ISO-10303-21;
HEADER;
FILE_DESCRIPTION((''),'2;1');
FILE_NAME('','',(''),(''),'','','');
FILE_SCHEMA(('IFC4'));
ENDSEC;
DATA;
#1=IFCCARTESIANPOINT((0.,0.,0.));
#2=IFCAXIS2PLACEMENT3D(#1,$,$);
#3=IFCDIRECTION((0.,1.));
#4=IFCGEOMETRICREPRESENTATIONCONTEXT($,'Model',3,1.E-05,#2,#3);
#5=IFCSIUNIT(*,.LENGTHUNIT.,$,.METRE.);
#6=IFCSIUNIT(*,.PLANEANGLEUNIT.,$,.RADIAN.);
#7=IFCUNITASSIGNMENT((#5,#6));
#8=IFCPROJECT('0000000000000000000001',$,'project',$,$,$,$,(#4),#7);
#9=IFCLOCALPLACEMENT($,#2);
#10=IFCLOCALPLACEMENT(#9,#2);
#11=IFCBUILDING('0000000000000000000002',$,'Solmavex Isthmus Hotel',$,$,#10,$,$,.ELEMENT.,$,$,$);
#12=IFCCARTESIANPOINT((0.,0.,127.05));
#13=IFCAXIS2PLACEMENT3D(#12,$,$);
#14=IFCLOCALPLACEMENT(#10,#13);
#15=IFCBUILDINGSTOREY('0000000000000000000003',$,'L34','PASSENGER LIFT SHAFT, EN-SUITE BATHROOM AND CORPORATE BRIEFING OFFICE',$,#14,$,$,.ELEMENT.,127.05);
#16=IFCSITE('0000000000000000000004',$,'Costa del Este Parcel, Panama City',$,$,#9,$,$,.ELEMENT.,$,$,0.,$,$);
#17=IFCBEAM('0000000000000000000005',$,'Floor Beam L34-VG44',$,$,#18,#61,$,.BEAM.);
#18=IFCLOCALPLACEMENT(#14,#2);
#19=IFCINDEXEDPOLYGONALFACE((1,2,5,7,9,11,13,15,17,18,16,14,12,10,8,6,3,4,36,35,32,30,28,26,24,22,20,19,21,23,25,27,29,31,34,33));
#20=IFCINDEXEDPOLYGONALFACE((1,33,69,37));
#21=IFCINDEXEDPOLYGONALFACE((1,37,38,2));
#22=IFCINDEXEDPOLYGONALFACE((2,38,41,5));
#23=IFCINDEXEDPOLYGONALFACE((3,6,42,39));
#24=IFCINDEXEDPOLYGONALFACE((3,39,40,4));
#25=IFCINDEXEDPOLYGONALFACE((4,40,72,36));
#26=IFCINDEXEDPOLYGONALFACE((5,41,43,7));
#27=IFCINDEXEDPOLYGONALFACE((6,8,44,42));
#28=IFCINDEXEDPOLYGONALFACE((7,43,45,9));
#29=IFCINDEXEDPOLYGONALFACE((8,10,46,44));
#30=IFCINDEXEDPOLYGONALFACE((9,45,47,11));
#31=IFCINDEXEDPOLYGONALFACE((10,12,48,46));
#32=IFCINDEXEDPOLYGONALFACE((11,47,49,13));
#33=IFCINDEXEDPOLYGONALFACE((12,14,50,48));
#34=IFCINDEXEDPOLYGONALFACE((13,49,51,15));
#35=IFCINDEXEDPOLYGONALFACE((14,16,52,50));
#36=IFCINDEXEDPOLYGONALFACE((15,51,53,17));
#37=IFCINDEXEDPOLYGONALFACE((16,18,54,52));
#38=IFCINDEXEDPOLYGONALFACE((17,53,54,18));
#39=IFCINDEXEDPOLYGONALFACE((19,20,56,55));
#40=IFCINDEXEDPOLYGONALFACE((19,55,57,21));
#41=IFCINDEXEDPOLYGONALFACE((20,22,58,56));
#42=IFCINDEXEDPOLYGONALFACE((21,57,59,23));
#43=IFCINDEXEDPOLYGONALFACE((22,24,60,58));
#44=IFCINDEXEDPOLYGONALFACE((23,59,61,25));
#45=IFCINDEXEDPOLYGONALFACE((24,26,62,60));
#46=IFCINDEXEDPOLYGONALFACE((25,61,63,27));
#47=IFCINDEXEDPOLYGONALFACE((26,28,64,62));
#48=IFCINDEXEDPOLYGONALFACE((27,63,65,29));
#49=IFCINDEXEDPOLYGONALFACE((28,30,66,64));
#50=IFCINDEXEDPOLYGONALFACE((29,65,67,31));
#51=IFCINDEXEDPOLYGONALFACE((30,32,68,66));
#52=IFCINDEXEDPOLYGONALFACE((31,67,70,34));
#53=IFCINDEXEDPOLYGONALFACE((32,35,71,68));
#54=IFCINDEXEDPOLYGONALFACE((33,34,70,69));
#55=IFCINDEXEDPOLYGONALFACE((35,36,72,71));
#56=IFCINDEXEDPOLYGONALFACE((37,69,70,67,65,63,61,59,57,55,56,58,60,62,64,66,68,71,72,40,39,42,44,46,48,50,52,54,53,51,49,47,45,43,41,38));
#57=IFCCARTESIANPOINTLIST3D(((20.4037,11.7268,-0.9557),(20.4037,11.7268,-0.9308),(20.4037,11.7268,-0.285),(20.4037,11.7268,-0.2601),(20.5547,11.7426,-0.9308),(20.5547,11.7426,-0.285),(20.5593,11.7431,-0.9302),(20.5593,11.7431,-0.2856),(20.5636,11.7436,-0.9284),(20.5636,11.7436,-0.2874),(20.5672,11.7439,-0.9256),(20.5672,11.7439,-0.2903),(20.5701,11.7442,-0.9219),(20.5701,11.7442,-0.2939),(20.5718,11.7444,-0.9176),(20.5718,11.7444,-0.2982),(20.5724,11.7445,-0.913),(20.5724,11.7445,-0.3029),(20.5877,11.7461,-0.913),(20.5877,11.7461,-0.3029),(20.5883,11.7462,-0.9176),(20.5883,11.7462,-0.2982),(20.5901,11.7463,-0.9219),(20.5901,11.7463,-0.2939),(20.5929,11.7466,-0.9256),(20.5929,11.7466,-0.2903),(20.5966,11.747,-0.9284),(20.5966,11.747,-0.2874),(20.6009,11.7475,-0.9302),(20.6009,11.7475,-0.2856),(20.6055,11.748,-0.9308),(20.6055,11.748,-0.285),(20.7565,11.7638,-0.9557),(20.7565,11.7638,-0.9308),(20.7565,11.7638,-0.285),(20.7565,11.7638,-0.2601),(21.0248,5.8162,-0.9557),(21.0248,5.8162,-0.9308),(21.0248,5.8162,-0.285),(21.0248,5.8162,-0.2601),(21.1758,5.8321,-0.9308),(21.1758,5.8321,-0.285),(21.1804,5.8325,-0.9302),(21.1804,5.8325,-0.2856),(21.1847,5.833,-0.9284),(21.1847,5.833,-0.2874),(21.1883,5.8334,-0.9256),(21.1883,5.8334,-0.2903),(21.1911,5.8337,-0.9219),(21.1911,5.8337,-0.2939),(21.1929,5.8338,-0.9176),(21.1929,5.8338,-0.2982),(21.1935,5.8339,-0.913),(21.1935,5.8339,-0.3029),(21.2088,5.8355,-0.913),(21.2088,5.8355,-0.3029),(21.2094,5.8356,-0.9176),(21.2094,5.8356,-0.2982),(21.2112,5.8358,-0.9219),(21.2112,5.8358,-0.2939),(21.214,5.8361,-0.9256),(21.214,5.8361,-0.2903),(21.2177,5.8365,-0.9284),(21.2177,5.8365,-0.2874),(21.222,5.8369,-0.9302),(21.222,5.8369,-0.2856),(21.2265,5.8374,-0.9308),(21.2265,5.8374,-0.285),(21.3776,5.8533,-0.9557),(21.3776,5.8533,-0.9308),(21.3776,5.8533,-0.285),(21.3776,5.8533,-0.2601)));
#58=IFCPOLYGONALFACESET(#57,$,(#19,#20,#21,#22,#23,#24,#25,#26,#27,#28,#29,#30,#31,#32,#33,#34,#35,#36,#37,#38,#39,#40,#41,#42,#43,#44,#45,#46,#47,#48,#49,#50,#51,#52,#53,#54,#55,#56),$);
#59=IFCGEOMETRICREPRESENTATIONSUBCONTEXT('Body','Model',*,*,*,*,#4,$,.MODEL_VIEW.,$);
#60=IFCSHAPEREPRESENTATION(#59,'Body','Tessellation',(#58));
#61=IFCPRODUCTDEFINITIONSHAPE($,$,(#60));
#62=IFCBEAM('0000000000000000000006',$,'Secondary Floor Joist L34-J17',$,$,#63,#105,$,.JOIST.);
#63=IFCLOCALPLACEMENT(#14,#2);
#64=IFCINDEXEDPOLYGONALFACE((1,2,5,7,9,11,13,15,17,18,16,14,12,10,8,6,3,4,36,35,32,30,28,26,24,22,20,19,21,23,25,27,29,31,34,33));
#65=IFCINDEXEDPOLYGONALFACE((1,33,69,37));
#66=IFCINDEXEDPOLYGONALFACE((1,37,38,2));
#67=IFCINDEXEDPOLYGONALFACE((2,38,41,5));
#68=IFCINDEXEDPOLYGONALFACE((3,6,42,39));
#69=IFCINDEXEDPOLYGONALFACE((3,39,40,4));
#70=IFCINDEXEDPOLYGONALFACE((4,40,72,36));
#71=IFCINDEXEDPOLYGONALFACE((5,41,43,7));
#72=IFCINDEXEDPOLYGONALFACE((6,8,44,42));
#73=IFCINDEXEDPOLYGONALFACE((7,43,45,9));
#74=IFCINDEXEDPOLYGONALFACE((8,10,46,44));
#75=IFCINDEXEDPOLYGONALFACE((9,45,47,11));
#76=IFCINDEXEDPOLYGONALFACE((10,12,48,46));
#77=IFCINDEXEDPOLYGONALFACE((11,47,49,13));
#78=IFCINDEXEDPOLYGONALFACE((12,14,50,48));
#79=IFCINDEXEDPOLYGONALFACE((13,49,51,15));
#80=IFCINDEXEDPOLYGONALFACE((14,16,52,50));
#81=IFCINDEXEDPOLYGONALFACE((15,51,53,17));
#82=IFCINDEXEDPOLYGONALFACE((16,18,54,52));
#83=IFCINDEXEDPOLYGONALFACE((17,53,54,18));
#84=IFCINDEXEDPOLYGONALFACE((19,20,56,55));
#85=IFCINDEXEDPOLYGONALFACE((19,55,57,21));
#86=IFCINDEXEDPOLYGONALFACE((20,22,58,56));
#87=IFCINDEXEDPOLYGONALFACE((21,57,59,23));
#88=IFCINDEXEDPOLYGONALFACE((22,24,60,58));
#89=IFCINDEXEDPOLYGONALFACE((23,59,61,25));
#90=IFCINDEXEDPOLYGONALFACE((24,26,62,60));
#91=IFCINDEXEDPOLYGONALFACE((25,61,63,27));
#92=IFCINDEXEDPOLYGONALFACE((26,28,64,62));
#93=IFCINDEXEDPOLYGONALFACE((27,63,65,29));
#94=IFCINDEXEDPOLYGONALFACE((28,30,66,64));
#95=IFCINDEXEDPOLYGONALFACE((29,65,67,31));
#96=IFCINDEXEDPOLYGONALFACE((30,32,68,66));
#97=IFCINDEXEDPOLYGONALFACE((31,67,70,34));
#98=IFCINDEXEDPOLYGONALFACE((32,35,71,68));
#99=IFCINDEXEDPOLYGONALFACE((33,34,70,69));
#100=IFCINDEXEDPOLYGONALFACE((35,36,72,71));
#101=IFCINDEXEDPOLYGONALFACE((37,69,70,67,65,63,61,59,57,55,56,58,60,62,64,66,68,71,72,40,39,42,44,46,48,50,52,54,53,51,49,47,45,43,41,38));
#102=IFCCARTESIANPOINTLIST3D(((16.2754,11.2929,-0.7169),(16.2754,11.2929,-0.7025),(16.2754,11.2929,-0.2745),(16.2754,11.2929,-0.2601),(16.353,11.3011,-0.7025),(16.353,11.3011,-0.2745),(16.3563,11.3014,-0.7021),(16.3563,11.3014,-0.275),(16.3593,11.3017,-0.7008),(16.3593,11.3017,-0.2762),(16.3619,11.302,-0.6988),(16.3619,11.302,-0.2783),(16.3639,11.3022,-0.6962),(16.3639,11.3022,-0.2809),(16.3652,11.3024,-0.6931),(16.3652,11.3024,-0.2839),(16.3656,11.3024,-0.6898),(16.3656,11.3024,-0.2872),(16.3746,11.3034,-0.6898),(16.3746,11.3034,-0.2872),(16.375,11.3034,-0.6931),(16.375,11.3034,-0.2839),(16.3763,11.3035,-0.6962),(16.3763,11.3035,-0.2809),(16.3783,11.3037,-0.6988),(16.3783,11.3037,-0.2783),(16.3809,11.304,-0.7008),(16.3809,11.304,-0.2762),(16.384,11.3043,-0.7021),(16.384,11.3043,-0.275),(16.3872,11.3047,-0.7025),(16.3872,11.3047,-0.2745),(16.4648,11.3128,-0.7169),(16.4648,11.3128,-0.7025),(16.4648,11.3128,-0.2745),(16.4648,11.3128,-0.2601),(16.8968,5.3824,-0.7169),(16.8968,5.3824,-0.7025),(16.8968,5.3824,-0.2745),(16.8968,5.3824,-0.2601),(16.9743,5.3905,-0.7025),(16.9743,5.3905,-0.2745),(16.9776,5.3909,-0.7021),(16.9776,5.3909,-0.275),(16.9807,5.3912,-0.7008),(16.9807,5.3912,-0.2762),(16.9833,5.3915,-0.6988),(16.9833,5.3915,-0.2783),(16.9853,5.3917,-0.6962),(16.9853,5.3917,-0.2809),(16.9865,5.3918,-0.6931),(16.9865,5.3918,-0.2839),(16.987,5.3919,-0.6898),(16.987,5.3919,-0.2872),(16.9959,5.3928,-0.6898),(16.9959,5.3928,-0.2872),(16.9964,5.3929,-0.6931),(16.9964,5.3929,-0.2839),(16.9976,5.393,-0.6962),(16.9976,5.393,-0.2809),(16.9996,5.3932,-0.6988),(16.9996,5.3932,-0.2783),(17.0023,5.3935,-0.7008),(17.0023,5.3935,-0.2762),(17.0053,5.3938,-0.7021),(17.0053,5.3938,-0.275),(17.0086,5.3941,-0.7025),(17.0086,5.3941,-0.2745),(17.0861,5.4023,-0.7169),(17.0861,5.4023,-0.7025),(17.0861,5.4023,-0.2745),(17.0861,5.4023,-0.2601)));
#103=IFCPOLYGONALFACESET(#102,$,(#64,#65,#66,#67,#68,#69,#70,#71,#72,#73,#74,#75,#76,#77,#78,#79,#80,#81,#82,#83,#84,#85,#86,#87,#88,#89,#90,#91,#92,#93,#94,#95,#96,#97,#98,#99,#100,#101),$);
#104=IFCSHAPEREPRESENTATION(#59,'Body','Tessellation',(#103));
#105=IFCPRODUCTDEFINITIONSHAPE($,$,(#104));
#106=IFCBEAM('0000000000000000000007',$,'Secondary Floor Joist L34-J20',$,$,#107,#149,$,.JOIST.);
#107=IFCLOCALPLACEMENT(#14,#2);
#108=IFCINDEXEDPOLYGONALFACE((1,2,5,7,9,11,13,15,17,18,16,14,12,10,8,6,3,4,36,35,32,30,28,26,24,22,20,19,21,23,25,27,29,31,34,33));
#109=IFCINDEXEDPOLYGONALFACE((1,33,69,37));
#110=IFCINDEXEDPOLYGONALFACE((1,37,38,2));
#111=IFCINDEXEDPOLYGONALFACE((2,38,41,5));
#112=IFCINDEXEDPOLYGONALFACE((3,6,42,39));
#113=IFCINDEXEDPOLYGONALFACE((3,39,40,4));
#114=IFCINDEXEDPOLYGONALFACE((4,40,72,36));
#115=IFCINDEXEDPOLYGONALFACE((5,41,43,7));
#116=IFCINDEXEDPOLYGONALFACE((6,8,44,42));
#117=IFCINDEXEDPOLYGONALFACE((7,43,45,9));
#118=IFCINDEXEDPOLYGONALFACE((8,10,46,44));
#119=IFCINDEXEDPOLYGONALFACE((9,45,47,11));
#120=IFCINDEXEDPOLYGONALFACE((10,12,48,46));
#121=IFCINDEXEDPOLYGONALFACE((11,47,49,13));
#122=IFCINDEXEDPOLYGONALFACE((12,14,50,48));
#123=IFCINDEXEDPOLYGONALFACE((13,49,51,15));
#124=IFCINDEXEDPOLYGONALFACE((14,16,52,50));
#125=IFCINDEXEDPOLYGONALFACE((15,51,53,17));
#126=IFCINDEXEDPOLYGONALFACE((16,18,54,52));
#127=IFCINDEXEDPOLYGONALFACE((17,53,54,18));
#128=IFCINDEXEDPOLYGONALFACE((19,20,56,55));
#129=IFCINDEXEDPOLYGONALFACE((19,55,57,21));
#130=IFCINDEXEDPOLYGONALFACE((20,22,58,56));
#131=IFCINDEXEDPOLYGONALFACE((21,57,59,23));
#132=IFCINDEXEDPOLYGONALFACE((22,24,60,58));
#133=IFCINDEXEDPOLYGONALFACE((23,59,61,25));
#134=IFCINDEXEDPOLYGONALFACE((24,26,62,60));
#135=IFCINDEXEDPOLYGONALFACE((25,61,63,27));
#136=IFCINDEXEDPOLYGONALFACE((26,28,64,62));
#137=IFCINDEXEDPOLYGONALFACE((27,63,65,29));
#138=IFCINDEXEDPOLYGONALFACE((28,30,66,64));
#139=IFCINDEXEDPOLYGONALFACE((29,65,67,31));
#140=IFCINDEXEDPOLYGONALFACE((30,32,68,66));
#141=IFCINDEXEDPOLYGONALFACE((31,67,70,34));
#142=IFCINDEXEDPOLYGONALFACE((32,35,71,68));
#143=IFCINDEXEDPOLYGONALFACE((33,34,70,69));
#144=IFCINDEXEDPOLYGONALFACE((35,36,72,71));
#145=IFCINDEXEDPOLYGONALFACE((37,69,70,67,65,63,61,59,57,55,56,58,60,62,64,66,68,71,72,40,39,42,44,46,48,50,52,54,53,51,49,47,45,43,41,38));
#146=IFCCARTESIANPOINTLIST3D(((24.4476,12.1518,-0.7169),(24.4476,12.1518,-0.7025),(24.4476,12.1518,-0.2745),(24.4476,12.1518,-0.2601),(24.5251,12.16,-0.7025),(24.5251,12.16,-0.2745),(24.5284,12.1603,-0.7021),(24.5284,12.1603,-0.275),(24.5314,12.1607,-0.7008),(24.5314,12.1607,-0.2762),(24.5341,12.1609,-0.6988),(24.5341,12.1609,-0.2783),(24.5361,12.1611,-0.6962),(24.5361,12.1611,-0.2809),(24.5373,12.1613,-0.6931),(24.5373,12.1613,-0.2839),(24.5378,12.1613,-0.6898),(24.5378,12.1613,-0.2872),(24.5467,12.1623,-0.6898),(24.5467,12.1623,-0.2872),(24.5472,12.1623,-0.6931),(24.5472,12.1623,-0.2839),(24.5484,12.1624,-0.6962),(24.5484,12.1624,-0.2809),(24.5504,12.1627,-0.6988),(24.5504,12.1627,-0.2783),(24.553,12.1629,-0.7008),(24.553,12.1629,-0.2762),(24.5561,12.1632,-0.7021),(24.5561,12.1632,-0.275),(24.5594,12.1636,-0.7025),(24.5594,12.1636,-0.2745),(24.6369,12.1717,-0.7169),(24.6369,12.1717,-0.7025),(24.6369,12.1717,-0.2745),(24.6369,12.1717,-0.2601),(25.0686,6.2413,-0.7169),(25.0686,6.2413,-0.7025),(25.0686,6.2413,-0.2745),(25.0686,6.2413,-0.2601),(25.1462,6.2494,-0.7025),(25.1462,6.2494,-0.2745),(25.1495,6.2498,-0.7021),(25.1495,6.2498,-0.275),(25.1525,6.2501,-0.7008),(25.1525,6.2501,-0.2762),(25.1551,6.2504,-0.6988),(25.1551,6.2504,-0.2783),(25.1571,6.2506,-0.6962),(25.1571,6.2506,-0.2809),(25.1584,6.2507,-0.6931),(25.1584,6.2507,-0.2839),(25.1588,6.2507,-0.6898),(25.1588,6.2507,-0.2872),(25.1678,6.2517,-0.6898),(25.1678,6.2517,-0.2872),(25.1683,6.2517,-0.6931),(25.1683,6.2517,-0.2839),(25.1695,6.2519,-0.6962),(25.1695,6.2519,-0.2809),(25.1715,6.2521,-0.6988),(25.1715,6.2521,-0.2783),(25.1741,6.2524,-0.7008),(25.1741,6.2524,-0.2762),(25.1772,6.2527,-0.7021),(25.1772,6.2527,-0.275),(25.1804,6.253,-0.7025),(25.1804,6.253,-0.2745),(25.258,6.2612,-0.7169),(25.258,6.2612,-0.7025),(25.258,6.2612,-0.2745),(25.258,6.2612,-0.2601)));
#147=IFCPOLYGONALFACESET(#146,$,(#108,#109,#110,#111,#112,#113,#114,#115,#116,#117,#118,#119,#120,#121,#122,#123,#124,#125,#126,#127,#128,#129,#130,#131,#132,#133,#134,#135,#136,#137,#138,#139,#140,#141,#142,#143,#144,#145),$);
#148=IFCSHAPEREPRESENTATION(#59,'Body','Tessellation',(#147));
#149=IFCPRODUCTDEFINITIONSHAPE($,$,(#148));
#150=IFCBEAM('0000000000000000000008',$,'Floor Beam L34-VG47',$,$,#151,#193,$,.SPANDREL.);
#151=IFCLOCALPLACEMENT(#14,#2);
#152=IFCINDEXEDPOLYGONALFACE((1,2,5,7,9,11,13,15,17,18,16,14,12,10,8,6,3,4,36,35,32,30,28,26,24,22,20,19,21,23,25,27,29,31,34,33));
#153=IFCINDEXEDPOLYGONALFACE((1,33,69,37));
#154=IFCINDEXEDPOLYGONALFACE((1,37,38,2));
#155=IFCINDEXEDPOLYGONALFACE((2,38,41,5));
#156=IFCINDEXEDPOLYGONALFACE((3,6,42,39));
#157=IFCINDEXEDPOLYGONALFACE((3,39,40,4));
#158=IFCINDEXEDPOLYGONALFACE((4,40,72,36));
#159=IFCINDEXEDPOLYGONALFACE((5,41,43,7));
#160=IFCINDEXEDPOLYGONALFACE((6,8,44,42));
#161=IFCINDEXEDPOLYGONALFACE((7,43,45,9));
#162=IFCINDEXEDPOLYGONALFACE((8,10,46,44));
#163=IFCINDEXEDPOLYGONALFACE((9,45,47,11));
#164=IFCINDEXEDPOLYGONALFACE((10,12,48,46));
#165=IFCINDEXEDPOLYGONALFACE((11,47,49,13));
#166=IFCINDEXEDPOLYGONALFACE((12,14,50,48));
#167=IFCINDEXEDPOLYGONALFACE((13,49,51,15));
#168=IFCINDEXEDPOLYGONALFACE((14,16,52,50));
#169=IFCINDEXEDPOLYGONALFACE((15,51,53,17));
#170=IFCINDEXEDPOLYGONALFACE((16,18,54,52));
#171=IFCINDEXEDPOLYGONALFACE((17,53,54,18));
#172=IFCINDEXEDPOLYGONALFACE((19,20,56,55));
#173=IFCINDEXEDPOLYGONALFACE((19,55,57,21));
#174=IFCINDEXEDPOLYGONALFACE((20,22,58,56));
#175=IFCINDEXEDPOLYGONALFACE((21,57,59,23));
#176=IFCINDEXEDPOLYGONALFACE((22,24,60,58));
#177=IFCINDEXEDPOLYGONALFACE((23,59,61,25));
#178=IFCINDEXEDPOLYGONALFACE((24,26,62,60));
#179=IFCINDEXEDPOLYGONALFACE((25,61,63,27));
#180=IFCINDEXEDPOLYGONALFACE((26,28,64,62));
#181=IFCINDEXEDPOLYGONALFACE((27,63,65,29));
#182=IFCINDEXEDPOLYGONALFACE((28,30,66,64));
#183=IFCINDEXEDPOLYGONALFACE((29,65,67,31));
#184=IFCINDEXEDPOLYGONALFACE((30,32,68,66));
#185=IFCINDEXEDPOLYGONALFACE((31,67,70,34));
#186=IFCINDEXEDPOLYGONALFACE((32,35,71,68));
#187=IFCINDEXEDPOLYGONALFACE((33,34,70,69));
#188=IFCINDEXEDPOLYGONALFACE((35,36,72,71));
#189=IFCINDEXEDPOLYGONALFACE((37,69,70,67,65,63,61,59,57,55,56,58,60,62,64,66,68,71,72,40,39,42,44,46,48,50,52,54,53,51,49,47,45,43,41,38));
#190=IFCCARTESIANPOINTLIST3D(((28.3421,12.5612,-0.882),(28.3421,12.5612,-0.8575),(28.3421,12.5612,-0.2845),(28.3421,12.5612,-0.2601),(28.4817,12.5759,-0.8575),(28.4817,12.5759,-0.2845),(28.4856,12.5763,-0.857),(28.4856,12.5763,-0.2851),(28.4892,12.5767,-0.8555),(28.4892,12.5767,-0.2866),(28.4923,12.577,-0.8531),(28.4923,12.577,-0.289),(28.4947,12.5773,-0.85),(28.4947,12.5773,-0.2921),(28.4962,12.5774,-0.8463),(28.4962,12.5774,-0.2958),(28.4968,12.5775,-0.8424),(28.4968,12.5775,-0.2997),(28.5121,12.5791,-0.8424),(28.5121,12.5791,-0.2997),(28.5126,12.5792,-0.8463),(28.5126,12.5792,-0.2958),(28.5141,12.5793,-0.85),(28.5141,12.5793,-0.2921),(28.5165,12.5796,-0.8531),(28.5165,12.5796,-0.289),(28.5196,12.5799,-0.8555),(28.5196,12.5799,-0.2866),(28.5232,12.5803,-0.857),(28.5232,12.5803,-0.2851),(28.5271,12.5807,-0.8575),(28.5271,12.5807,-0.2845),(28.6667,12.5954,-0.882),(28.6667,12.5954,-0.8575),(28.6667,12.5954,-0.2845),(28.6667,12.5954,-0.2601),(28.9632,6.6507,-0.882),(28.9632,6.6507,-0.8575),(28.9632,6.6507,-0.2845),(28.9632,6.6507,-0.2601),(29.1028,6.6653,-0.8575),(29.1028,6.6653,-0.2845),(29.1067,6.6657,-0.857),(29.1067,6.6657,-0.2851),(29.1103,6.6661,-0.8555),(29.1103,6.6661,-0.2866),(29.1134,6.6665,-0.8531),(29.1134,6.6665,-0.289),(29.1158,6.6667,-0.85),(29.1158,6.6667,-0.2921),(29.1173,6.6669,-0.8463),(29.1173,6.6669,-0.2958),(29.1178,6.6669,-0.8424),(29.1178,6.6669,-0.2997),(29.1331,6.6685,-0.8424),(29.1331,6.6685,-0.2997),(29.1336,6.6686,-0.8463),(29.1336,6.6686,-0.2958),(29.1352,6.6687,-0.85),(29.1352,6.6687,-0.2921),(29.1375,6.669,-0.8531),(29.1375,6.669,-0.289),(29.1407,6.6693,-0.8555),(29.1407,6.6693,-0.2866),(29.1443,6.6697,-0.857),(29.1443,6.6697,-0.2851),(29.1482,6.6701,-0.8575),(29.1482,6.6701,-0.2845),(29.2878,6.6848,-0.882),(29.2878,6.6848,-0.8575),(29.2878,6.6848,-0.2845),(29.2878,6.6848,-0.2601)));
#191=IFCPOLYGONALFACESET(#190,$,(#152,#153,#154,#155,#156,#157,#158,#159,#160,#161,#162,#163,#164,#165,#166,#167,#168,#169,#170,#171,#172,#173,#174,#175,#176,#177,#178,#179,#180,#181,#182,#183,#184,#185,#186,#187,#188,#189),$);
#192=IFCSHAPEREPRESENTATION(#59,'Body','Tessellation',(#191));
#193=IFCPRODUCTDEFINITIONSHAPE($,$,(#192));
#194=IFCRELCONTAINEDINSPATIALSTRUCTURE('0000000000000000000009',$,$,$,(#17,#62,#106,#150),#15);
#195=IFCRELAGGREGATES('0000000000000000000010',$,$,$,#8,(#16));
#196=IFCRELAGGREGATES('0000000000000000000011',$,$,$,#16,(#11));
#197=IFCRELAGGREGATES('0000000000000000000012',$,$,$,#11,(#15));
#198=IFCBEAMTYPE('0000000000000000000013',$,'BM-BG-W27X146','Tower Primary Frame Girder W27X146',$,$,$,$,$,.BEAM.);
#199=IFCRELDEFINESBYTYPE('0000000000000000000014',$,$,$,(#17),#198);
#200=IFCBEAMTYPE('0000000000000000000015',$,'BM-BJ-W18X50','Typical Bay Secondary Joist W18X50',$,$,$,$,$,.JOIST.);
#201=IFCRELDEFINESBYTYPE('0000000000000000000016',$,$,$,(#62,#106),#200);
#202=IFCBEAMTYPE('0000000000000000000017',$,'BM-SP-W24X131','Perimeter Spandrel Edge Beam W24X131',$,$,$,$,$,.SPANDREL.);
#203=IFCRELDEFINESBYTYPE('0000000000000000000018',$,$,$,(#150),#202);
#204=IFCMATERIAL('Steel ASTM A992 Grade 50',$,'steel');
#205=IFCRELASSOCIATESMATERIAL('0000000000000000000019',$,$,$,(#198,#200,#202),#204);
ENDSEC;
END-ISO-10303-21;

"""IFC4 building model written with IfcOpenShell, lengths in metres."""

from ifc_helpers import new_model, si_unit, direction, frame, origin, origin_2d, place, context, subcontext, project, spatial, i_section, extrude, material, material_profile, profile_set, type_object, element, save


model = new_model("IFC4")

# Units and contexts
model_context = context("Model", 3, precision=1e-05, world=origin(), true_north=direction((0.0, 1.0)))
body_context = subcontext(model_context, "Body", "Model", "MODEL_VIEW")
ifc_project = project(units=[si_unit("LENGTHUNIT", "METRE"), si_unit("PLANEANGLEUNIT", "RADIAN")], contexts=[model_context])

# Site, building, storey
site_placement = place(None, origin())
site = spatial("IfcSite", under=ifc_project, at=site_placement, Name="Costa del Este Parcel, Panama City", CompositionType="ELEMENT", RefElevation=0.0)
building_placement = place(site_placement, origin())
building = spatial("IfcBuilding", under=site, at=building_placement, Name="Solmavex Isthmus Hotel", CompositionType="ELEMENT")
storey_placement = place(building_placement, frame((0.0, 0.0, 127.05)))
storey = spatial("IfcBuildingStorey", under=building, at=storey_placement, Name="L34", Description="PASSENGER LIFT SHAFT, EN-SUITE BATHROOM AND CORPORATE BRIEFING OFFICE", CompositionType="ELEMENT", Elevation=127.05)

# Beams
ifc_material_1 = material(Name="Steel ASTM A992 Grade 50", Category="steel")
ifc_material_profile_1 = material_profile(ifc_material_1, i_section(OverallWidth=0.3547, OverallDepth=0.6956, WebThickness=0.0154, FlangeThickness=0.0249, FilletRadius=0.0178, at=origin_2d()), Name="W27X146")
ifc_profile_set_1 = profile_set([ifc_material_profile_1], Name="Steel ASTM A992 Grade 50")
beam_type_1 = type_object("IfcBeamType", Name="BM-BG-W27X146", Description="Tower Primary Frame Girder W27X146", PredefinedType="BEAM", material=ifc_profile_set_1)
beam_1_placement = place(storey_placement, frame((21.2012, 5.8347, -0.6079), z_axis=(-0.104505, 0.994524, 0.0), x_axis=(-0.994524, -0.104505, 0.0)))
element("IfcBeam", 1, at=beam_1_placement, inside=storey, type_object=beam_type_1, Name="Floor Beam L34-VG44", PredefinedType="BEAM", context=body_context, shape_type="SweptSolid", body=[
    extrude(i_section(OverallWidth=0.3547, OverallDepth=0.6956, WebThickness=0.0154, FlangeThickness=0.0249, FilletRadius=0.0178, at=origin_2d()), origin(), (0.0, 0.0, 1.0), 5.9431),
])
ifc_material_profile_2 = material_profile(ifc_material_1, i_section(OverallWidth=0.1904, OverallDepth=0.4568, WebThickness=0.009, FlangeThickness=0.0144, FilletRadius=0.0127, at=origin_2d()), Name="W18X50")
ifc_profile_set_2 = profile_set([ifc_material_profile_2], Name="Steel ASTM A992 Grade 50")
beam_type_2 = type_object("IfcBeamType", Name="BM-BJ-W18X50", Description="Typical Bay Secondary Joist W18X50", PredefinedType="JOIST", material=ifc_profile_set_2)
for number, where, z_axis, x_axis, name in (
    (2, (16.9915, 5.3923, -0.4885), (-0.104546, 0.99452, 0.0), (-0.99452, -0.104546, 0.0), "Secondary Floor Joist L34-J17"),
    (3, (25.1633, 6.2512, -0.4885), (-0.104505, 0.994524, 0.0), (-0.994524, -0.104505, 0.0), "Secondary Floor Joist L34-J20"),
):
    element("IfcBeam", number, at=place(storey_placement, frame(where, z_axis=z_axis, x_axis=x_axis)), inside=storey, type_object=beam_type_2, Name=name, PredefinedType="JOIST", context=body_context, shape_type="SweptSolid", body=[
        extrude(i_section(OverallWidth=0.1904, OverallDepth=0.4568, WebThickness=0.009, FlangeThickness=0.0144, FilletRadius=0.0127, at=origin_2d()), origin(), (0.0, 0.0, 1.0), 5.9431),
    ])
ifc_material_profile_3 = material_profile(ifc_material_1, i_section(OverallWidth=0.3264, OverallDepth=0.6218, WebThickness=0.0154, FlangeThickness=0.0244, FilletRadius=0.0151, at=origin_2d()), Name="W24X131")
ifc_profile_set_3 = profile_set([ifc_material_profile_3], Name="Steel ASTM A992 Grade 50")
beam_type_3 = type_object("IfcBeamType", Name="BM-SP-W24X131", Description="Perimeter Spandrel Edge Beam W24X131", PredefinedType="SPANDREL", material=ifc_profile_set_3)
beam_2_placement = place(storey_placement, frame((29.1255, 6.6677, -0.571), z_axis=(-0.104505, 0.994524, 0.0), x_axis=(-0.994524, -0.104505, 0.0)))
element("IfcBeam", 4, at=beam_2_placement, inside=storey, type_object=beam_type_3, Name="Floor Beam L34-VG47", PredefinedType="SPANDREL", context=body_context, shape_type="SweptSolid", body=[
    extrude(i_section(OverallWidth=0.3264, OverallDepth=0.6218, WebThickness=0.0154, FlangeThickness=0.0244, FilletRadius=0.0151, at=origin_2d()), origin(), (0.0, 0.0, 1.0), 5.9431),
])

save(model, "model.ifc")
